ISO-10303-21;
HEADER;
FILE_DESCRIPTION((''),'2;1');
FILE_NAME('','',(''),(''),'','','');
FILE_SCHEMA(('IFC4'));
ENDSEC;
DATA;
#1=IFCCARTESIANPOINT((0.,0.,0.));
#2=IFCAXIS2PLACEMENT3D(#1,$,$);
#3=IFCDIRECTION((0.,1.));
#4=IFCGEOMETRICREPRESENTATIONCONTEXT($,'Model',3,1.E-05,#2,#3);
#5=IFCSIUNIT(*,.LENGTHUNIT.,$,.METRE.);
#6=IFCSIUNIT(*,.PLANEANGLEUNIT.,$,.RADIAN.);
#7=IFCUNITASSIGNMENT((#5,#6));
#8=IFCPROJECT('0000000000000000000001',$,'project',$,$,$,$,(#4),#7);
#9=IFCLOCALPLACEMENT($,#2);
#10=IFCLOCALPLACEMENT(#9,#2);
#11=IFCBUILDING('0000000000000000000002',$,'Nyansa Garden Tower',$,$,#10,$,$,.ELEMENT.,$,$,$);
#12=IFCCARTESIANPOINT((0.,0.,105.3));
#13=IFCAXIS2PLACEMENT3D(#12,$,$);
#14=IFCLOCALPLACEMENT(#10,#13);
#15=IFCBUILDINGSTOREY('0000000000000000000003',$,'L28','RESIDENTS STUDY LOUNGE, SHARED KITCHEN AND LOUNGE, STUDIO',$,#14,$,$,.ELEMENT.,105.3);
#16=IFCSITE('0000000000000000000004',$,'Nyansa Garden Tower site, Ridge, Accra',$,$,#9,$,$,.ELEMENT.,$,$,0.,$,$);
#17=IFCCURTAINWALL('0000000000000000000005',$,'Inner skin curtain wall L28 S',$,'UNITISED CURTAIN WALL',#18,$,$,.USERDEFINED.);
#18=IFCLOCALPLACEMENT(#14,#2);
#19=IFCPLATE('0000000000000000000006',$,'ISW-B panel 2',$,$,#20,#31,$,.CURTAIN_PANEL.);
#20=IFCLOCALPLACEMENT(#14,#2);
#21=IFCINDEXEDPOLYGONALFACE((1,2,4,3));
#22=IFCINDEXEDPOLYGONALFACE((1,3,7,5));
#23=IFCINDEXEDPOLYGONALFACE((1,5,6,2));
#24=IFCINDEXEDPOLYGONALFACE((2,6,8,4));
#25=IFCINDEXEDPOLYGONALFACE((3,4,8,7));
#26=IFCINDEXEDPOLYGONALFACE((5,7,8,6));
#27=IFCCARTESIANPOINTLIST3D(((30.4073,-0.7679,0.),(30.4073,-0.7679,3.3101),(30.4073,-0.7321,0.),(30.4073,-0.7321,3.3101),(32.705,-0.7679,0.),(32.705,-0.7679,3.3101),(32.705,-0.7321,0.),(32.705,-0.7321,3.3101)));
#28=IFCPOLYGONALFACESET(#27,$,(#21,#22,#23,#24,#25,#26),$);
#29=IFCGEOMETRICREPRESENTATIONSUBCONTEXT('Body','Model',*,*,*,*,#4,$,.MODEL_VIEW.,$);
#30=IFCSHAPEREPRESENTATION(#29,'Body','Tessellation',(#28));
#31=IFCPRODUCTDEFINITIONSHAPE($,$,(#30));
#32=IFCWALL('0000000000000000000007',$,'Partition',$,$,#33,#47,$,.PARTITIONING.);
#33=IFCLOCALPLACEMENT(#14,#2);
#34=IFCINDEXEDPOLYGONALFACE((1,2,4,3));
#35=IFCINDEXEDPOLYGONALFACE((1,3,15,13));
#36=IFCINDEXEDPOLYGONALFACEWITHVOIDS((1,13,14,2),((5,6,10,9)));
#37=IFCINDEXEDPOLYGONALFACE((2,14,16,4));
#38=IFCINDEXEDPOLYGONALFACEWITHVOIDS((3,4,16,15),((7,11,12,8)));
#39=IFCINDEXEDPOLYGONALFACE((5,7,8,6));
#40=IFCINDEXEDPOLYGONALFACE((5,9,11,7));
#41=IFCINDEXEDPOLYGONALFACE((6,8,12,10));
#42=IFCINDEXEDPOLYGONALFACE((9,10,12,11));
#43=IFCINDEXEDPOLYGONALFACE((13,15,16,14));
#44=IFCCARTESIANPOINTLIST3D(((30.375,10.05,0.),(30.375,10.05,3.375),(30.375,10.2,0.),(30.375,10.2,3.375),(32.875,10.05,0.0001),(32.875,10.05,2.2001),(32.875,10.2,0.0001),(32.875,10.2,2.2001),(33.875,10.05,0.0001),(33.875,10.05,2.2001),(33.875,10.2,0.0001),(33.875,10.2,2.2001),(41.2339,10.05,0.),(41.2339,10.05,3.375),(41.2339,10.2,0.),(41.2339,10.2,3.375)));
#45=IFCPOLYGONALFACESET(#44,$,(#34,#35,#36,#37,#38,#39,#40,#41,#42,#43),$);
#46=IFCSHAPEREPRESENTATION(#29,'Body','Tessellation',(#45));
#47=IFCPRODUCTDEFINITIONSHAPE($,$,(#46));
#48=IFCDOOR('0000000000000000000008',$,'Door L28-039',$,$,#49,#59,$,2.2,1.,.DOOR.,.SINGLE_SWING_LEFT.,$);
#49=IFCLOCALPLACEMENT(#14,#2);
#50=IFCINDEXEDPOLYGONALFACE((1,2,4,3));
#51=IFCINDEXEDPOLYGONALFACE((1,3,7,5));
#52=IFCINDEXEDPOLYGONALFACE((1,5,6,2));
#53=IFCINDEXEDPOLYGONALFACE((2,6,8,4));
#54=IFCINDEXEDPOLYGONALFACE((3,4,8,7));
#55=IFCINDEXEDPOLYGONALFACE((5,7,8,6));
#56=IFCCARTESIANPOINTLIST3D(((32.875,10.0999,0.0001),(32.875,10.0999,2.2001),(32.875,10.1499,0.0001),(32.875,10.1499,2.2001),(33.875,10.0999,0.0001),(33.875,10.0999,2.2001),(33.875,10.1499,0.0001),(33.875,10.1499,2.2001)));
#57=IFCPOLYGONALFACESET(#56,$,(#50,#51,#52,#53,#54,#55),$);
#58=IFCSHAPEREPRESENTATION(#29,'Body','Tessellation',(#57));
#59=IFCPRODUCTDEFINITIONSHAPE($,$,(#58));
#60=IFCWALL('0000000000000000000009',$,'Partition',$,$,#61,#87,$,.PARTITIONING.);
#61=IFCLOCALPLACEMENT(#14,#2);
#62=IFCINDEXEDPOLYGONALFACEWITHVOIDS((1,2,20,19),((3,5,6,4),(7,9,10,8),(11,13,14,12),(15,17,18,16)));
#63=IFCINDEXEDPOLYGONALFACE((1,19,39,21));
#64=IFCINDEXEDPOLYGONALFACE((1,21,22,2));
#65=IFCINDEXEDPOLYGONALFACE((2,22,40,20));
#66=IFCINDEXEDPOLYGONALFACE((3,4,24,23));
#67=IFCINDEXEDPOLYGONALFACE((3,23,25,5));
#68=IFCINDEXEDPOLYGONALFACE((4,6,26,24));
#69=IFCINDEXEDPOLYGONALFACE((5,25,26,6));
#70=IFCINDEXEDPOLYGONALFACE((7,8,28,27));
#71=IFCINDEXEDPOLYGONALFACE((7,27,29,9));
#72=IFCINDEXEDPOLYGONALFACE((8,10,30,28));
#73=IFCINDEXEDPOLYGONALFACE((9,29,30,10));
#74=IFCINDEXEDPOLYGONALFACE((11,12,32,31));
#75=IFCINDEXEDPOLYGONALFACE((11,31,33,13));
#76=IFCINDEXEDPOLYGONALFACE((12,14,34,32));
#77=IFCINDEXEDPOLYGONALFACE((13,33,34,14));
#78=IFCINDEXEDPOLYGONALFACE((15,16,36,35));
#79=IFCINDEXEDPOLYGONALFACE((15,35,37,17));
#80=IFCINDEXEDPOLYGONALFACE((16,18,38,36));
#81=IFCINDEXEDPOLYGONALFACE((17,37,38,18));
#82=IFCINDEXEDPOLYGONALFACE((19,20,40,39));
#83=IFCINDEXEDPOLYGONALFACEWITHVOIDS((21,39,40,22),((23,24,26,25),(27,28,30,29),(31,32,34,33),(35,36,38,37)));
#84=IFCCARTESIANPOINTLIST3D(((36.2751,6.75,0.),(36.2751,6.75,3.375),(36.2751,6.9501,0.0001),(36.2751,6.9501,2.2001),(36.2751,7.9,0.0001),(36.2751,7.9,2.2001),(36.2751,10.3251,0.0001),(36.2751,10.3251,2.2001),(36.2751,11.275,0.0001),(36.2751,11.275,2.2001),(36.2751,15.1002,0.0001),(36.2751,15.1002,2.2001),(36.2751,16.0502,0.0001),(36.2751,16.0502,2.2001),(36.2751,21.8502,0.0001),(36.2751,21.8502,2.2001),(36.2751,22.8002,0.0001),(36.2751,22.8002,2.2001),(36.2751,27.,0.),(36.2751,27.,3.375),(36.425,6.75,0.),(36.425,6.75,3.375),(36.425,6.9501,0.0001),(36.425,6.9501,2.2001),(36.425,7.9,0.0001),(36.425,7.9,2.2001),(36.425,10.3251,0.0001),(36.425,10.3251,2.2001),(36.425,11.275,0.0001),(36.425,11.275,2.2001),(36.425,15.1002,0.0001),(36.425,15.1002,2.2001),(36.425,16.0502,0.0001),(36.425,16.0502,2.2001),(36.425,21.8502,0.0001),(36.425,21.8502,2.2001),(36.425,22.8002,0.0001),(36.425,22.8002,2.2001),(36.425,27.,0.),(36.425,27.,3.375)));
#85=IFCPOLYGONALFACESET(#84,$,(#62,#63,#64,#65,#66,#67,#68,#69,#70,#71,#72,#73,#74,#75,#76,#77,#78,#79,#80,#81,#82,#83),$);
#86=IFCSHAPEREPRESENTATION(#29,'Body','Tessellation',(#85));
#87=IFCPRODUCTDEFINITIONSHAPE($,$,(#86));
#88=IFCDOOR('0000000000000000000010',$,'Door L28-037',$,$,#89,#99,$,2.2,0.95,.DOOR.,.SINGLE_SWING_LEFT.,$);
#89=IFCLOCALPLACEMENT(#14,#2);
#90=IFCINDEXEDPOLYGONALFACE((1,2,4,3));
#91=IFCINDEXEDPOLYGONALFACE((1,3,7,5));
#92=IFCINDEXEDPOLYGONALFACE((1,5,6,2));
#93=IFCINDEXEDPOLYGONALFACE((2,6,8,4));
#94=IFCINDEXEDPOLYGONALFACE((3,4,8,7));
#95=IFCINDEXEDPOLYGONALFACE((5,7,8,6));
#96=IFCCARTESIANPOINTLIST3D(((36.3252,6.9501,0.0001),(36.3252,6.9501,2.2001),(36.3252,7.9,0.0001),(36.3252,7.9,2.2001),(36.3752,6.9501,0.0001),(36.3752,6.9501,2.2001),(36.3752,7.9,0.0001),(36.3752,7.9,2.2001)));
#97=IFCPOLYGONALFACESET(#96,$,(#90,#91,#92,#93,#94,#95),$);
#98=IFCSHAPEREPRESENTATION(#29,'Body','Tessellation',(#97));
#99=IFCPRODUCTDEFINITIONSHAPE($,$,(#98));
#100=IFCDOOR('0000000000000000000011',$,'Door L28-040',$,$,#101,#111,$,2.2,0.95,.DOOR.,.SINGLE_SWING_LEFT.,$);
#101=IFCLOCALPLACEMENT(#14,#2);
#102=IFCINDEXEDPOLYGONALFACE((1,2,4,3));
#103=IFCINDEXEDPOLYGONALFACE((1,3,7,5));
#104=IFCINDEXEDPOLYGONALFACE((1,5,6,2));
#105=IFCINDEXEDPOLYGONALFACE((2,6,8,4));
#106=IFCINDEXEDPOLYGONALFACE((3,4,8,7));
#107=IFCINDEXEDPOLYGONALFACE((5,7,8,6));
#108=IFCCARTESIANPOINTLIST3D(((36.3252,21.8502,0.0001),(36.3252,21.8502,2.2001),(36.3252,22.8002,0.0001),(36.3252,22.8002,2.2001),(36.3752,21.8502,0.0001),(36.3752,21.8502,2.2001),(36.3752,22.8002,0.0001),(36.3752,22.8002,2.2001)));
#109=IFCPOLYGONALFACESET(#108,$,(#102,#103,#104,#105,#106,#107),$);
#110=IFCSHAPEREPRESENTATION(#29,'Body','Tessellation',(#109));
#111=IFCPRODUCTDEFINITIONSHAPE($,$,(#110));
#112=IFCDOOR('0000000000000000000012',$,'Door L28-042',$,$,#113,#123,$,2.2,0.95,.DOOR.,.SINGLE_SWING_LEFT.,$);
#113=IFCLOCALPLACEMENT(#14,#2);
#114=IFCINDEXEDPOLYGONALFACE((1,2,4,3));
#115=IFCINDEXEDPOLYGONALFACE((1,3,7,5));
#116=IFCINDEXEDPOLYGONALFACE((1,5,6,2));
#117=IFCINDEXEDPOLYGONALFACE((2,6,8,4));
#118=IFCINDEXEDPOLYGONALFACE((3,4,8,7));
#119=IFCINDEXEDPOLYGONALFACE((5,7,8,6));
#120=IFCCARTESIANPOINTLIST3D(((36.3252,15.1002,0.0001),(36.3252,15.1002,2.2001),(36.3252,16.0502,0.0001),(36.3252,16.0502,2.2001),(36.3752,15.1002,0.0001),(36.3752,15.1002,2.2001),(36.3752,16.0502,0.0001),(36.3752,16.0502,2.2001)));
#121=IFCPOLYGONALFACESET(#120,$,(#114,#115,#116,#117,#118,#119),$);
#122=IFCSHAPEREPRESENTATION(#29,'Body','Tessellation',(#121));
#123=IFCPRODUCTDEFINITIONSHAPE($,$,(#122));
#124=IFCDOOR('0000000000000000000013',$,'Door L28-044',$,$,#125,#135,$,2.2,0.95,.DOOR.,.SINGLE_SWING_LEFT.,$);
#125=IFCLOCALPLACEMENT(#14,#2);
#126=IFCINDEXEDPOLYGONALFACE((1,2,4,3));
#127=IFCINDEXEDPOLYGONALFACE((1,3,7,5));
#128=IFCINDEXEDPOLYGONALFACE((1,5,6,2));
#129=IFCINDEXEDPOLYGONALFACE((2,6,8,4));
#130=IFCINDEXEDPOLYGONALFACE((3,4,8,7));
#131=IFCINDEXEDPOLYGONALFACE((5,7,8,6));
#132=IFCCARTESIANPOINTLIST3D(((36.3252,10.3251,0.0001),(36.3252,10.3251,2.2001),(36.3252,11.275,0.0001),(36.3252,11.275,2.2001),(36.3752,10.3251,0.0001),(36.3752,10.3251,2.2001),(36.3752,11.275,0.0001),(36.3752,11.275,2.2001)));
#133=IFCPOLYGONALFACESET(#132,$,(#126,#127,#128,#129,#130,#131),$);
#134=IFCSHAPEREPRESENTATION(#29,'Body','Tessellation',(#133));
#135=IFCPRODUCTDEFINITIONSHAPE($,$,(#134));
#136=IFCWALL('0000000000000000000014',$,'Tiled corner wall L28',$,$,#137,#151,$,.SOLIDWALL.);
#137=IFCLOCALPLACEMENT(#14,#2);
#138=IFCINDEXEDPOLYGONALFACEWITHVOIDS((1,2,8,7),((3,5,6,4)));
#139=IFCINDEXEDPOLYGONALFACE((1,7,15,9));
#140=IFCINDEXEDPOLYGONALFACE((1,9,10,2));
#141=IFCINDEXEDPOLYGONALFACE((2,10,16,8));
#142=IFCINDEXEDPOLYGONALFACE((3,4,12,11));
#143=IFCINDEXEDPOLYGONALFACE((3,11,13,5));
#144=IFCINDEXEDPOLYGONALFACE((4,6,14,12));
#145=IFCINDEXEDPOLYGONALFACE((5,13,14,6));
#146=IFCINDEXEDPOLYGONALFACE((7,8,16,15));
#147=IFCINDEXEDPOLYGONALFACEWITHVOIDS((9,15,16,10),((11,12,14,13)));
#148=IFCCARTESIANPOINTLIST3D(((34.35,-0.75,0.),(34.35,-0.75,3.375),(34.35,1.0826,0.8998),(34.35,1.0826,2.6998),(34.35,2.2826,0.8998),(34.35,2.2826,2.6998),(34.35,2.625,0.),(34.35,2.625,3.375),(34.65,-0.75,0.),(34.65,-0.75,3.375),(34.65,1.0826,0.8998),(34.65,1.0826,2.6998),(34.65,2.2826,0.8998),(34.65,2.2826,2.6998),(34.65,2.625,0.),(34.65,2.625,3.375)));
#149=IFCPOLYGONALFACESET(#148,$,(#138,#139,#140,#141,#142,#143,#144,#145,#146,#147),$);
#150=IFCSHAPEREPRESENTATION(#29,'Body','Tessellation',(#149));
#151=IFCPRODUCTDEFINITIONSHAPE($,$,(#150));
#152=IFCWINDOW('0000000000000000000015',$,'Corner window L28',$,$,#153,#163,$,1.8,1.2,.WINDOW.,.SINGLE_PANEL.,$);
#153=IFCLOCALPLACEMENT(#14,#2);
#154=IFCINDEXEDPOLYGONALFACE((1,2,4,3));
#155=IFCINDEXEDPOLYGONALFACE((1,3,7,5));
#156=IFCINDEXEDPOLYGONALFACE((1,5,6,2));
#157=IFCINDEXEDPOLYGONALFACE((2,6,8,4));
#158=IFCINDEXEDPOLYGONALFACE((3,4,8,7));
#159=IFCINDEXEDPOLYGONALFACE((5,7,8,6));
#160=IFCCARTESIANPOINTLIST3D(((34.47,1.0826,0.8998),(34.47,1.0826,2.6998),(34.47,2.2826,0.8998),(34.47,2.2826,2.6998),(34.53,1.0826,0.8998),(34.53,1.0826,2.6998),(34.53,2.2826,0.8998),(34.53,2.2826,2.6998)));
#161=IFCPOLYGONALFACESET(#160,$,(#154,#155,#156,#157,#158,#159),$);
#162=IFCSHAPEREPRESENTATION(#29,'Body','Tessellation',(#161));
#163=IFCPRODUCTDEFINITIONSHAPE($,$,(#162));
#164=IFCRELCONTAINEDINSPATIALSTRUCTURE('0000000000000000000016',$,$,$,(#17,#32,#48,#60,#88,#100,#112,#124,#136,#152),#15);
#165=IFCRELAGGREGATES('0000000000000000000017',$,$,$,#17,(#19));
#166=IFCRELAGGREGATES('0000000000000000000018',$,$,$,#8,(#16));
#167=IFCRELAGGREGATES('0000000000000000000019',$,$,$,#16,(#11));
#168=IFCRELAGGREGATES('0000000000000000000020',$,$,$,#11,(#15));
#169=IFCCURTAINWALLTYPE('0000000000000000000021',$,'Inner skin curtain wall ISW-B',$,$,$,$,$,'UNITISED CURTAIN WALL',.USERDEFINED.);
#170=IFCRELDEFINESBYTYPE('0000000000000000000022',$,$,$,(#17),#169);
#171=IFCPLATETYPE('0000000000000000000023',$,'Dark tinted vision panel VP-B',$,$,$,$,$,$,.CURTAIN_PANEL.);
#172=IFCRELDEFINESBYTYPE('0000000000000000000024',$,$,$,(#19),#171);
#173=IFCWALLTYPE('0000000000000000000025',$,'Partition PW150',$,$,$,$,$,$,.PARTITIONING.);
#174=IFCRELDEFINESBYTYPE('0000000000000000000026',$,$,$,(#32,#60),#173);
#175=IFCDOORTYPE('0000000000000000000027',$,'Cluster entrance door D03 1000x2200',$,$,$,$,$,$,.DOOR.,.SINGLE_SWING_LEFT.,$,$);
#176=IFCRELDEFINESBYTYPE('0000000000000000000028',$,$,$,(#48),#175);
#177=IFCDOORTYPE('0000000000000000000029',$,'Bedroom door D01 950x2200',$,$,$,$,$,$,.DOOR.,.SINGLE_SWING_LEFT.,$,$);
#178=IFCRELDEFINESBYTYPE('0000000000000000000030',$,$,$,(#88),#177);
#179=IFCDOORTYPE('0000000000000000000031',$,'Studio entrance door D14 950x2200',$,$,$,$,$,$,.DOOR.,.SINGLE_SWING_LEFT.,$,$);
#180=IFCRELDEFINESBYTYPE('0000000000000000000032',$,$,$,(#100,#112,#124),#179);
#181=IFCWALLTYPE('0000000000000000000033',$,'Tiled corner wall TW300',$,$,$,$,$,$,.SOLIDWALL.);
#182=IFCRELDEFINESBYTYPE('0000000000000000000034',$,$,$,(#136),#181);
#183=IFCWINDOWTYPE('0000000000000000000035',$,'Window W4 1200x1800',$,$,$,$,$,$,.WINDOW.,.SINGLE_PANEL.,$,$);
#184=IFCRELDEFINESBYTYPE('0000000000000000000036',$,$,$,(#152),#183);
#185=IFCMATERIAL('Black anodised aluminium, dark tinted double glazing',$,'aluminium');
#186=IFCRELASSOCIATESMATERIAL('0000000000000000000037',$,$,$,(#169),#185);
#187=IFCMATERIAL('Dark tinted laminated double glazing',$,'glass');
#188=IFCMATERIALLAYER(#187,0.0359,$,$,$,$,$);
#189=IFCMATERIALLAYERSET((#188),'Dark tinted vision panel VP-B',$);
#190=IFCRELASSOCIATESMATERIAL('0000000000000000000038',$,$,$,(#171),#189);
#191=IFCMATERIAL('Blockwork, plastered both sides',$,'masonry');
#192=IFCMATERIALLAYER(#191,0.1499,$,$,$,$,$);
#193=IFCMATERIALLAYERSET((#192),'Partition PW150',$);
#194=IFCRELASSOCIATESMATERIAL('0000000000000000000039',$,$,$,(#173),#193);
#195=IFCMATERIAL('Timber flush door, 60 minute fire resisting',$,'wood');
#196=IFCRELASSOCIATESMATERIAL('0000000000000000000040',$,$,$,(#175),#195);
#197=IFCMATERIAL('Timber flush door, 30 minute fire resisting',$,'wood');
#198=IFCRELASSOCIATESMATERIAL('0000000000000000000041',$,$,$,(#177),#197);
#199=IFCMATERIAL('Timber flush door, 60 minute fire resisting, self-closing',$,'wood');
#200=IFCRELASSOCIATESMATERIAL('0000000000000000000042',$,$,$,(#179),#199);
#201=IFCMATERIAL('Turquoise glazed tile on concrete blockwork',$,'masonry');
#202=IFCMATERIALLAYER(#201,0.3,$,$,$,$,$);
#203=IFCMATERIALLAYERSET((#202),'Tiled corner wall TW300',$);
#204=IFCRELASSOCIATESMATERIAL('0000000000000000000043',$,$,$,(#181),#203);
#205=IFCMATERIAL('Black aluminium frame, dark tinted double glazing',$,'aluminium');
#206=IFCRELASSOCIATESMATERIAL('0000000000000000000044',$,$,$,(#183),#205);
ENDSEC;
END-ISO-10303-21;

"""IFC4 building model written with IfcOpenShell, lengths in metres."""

from ifc_helpers import new_model, si_unit, direction, frame, frame_2d, origin, origin_2d, place, context, subcontext, project, spatial, rectangle, extrude, material, layer, layer_set, type_object, element, fill, aggregate, save


model = new_model("IFC4")

# Units and contexts
model_context = context("Model", 3, precision=1e-05, world=origin(), true_north=direction((0.0, 1.0)))
body_context = subcontext(model_context, "Body", "Model", "MODEL_VIEW")
ifc_project = project(units=[si_unit("LENGTHUNIT", "METRE"), si_unit("PLANEANGLEUNIT", "RADIAN")], contexts=[model_context])

# Site, building, storey
site_placement = place(None, origin())
site = spatial("IfcSite", under=ifc_project, at=site_placement, Name="Nyansa Garden Tower site, Ridge, Accra", CompositionType="ELEMENT", RefElevation=0.0)
building_placement = place(site_placement, origin())
building = spatial("IfcBuilding", under=site, at=building_placement, Name="Nyansa Garden Tower", CompositionType="ELEMENT")
storey_placement = place(building_placement, frame((0.0, 0.0, 105.3)))
storey = spatial("IfcBuildingStorey", under=building, at=storey_placement, Name="L28", Description="RESIDENTS STUDY LOUNGE, SHARED KITCHEN AND LOUNGE, STUDIO", CompositionType="ELEMENT", Elevation=105.3)

# Curtain wall
ifc_material_1 = material(Name="Black anodised aluminium, dark tinted double glazing", Category="aluminium")
curtain_wall_type = type_object("IfcCurtainWallType", Name="Inner skin curtain wall ISW-B", ElementType="UNITISED CURTAIN WALL", PredefinedType="USERDEFINED", material=ifc_material_1)
curtain_wall_placement = place(storey_placement, origin())
curtain_wall = element("IfcCurtainWall", 1, at=curtain_wall_placement, inside=storey, type_object=curtain_wall_type, Name="Inner skin curtain wall L28 S", ObjectType="UNITISED CURTAIN WALL", PredefinedType="USERDEFINED")

# Plate
ifc_material_2 = material(Name="Dark tinted laminated double glazing", Category="glass")
ifc_layer_1 = layer(ifc_material_2, 0.0359)
ifc_layer_set_1 = layer_set([ifc_layer_1], Name="Dark tinted vision panel VP-B")
plate_type = type_object("IfcPlateType", Name="Dark tinted vision panel VP-B", PredefinedType="CURTAIN_PANEL", material=ifc_layer_set_1)
plate_placement = place(storey_placement, frame((31.5562, -0.75, 0.0), z_axis=(0.0, 0.0, 1.0), x_axis=(1.0, 0.0, 0.0)))
plate = element("IfcPlate", 2, at=plate_placement, type_object=plate_type, Name="ISW-B panel 2", PredefinedType="CURTAIN_PANEL", context=body_context, shape_type="SweptSolid", body=[
    extrude(rectangle(XDim=2.2976, YDim=0.0359, at=origin_2d()), origin(), (0.0, 0.0, 1.0), 3.3101),
])
aggregate(curtain_wall, [plate])

# Wall, opening, door
ifc_material_3 = material(Name="Blockwork, plastered both sides", Category="masonry")
ifc_layer_2 = layer(ifc_material_3, 0.1499)
ifc_layer_set_2 = layer_set([ifc_layer_2], Name="Partition PW150")
wall_type_1 = type_object("IfcWallType", Name="Partition PW150", PredefinedType="PARTITIONING", material=ifc_layer_set_2)
wall_1_placement = place(storey_placement, frame((30.375, 10.125, 0.0), z_axis=(0.0, 0.0, 1.0), x_axis=(1.0, 0.0, 0.0)))
wall_1 = element("IfcWall", 3, at=wall_1_placement, inside=storey, type_object=wall_type_1, Name="Partition", PredefinedType="PARTITIONING", context=body_context, shape_type="SweptSolid", body=[
    extrude(rectangle(XDim=10.8589, YDim=0.1499, at=frame_2d((5.4294, 0.0))), origin(), (0.0, 0.0, 1.0), 3.375),
])
opening_1_placement = place(wall_1_placement, frame((2.5, 0.0, 0.0)))
opening_1 = element("IfcOpeningElement", 4, at=opening_1_placement, cuts=wall_1, PredefinedType="OPENING", context=body_context, shape_type="SweptSolid", body=[
    extrude(rectangle(XDim=1.0, YDim=2.2, at=frame_2d((0.5, 1.1001))), frame((0.0, 0.085, 0.0), z_axis=(0.0, -1.0, 0.0), x_axis=(1.0, 0.0, 0.0)), (0.0, 0.0, 1.0), 0.1699),
])
ifc_material_4 = material(Name="Timber flush door, 60 minute fire resisting", Category="wood")
door_type_1 = type_object("IfcDoorType", Name="Cluster entrance door D03 1000x2200", OperationType="SINGLE_SWING_LEFT", PredefinedType="DOOR", material=ifc_material_4)
door_1_placement = place(opening_1_placement, origin())
door_1 = element("IfcDoor", 5, at=door_1_placement, inside=storey, type_object=door_type_1, Name="Door L28-039", OperationType="SINGLE_SWING_LEFT", OverallHeight=2.2, OverallWidth=1.0, PredefinedType="DOOR", context=body_context, shape_type="SweptSolid", body=[
    extrude(rectangle(XDim=1.0, YDim=2.2, at=frame_2d((0.5, 1.1001))), frame((0.0, 0.0249, 0.0), z_axis=(0.0, -1.0, 0.0), x_axis=(1.0, 0.0, 0.0)), (0.0, 0.0, 1.0), 0.05),
])
fill(opening_1, door_1)

# Wall, openings, doors
wall_2_placement = place(storey_placement, frame((36.3501, 6.75, 0.0), z_axis=(0.0, 0.0, 1.0), x_axis=(0.0, 1.0, 0.0)))
wall_2 = element("IfcWall", 6, at=wall_2_placement, inside=storey, type_object=wall_type_1, Name="Partition", PredefinedType="PARTITIONING", context=body_context, shape_type="SweptSolid", body=[
    extrude(rectangle(XDim=20.25, YDim=0.1499, at=frame_2d((10.125, 0.0))), origin(), (0.0, 0.0, 1.0), 3.375),
])
opening_2_placement = place(wall_2_placement, frame((0.2, 0.0, 0.0)))
opening_2 = element("IfcOpeningElement", 7, at=opening_2_placement, cuts=wall_2, PredefinedType="OPENING", context=body_context, shape_type="SweptSolid", body=[
    extrude(rectangle(XDim=0.95, YDim=2.2, at=frame_2d((0.4751, 1.1001))), frame((0.0, 0.085, 0.0), z_axis=(0.0, -1.0, 0.0), x_axis=(1.0, 0.0, 0.0)), (0.0, 0.0, 1.0), 0.1699),
])
opening_3_placement = place(wall_2_placement, frame((15.1001, 0.0, 0.0)))
opening_3 = element("IfcOpeningElement", 8, at=opening_3_placement, cuts=wall_2, PredefinedType="OPENING", context=body_context, shape_type="SweptSolid", body=[
    extrude(rectangle(XDim=0.95, YDim=2.2, at=frame_2d((0.4751, 1.1001))), frame((0.0, 0.085, 0.0), z_axis=(0.0, -1.0, 0.0), x_axis=(1.0, 0.0, 0.0)), (0.0, 0.0, 1.0), 0.1699),
])
opening_4_placement = place(wall_2_placement, frame((8.3501, 0.0, 0.0)))
opening_4 = element("IfcOpeningElement", 9, at=opening_4_placement, cuts=wall_2, PredefinedType="OPENING", context=body_context, shape_type="SweptSolid", body=[
    extrude(rectangle(XDim=0.95, YDim=2.2, at=frame_2d((0.4751, 1.1001))), frame((0.0, 0.085, 0.0), z_axis=(0.0, -1.0, 0.0), x_axis=(1.0, 0.0, 0.0)), (0.0, 0.0, 1.0), 0.1699),
])
opening_5_placement = place(wall_2_placement, frame((3.575, 0.0, 0.0)))
opening_5 = element("IfcOpeningElement", 10, at=opening_5_placement, cuts=wall_2, PredefinedType="OPENING", context=body_context, shape_type="SweptSolid", body=[
    extrude(rectangle(XDim=0.95, YDim=2.2, at=frame_2d((0.4751, 1.1001))), frame((0.0, 0.085, 0.0), z_axis=(0.0, -1.0, 0.0), x_axis=(1.0, 0.0, 0.0)), (0.0, 0.0, 1.0), 0.1699),
])
ifc_material_5 = material(Name="Timber flush door, 30 minute fire resisting", Category="wood")
door_type_2 = type_object("IfcDoorType", Name="Bedroom door D01 950x2200", OperationType="SINGLE_SWING_LEFT", PredefinedType="DOOR", material=ifc_material_5)
door_2_placement = place(opening_2_placement, origin())
door_2 = element("IfcDoor", 11, at=door_2_placement, inside=storey, type_object=door_type_2, Name="Door L28-037", OperationType="SINGLE_SWING_LEFT", OverallHeight=2.2, OverallWidth=0.95, PredefinedType="DOOR", context=body_context, shape_type="SweptSolid", body=[
    extrude(rectangle(XDim=0.95, YDim=2.2, at=frame_2d((0.4751, 1.1001))), frame((0.0, 0.0249, 0.0), z_axis=(0.0, -1.0, 0.0), x_axis=(1.0, 0.0, 0.0)), (0.0, 0.0, 1.0), 0.05),
])
fill(opening_2, door_2)
ifc_material_6 = material(Name="Timber flush door, 60 minute fire resisting, self-closing", Category="wood")
door_type_3 = type_object("IfcDoorType", Name="Studio entrance door D14 950x2200", OperationType="SINGLE_SWING_LEFT", PredefinedType="DOOR", material=ifc_material_6)
door_3_placement = place(opening_3_placement, origin())
door_3 = element("IfcDoor", 12, at=door_3_placement, inside=storey, type_object=door_type_3, Name="Door L28-040", OperationType="SINGLE_SWING_LEFT", OverallHeight=2.2, OverallWidth=0.95, PredefinedType="DOOR", context=body_context, shape_type="SweptSolid", body=[
    extrude(rectangle(XDim=0.95, YDim=2.2, at=frame_2d((0.4751, 1.1001))), frame((0.0, 0.0249, 0.0), z_axis=(0.0, -1.0, 0.0), x_axis=(1.0, 0.0, 0.0)), (0.0, 0.0, 1.0), 0.05),
])
fill(opening_3, door_3)
door_4_placement = place(opening_4_placement, origin())
door_4 = element("IfcDoor", 13, at=door_4_placement, inside=storey, type_object=door_type_3, Name="Door L28-042", OperationType="SINGLE_SWING_LEFT", OverallHeight=2.2, OverallWidth=0.95, PredefinedType="DOOR", context=body_context, shape_type="SweptSolid", body=[
    extrude(rectangle(XDim=0.95, YDim=2.2, at=frame_2d((0.4751, 1.1001))), frame((0.0, 0.0249, 0.0), z_axis=(0.0, -1.0, 0.0), x_axis=(1.0, 0.0, 0.0)), (0.0, 0.0, 1.0), 0.05),
])
fill(opening_4, door_4)
door_5_placement = place(opening_5_placement, origin())
door_5 = element("IfcDoor", 14, at=door_5_placement, inside=storey, type_object=door_type_3, Name="Door L28-044", OperationType="SINGLE_SWING_LEFT", OverallHeight=2.2, OverallWidth=0.95, PredefinedType="DOOR", context=body_context, shape_type="SweptSolid", body=[
    extrude(rectangle(XDim=0.95, YDim=2.2, at=frame_2d((0.4751, 1.1001))), frame((0.0, 0.0249, 0.0), z_axis=(0.0, -1.0, 0.0), x_axis=(1.0, 0.0, 0.0)), (0.0, 0.0, 1.0), 0.05),
])
fill(opening_5, door_5)

# Wall, opening, window
ifc_material_7 = material(Name="Turquoise glazed tile on concrete blockwork", Category="masonry")
ifc_layer_3 = layer(ifc_material_7, 0.3)
ifc_layer_set_3 = layer_set([ifc_layer_3], Name="Tiled corner wall TW300")
wall_type_2 = type_object("IfcWallType", Name="Tiled corner wall TW300", PredefinedType="SOLIDWALL", material=ifc_layer_set_3)
wall_3_placement = place(storey_placement, frame((34.5, -0.75, 0.0), z_axis=(0.0, 0.0, 1.0), x_axis=(0.0, 1.0, 0.0)))
wall_3 = element("IfcWall", 15, at=wall_3_placement, inside=storey, type_object=wall_type_2, Name="Tiled corner wall L28", PredefinedType="SOLIDWALL", context=body_context, shape_type="SweptSolid", body=[
    extrude(rectangle(XDim=3.375, YDim=0.3, at=frame_2d((1.6875, 0.0))), origin(), (0.0, 0.0, 1.0), 3.375),
])
opening_6_placement = place(wall_3_placement, frame((1.8325, 0.0, 0.8999)))
opening_6 = element("IfcOpeningElement", 16, at=opening_6_placement, cuts=wall_3, PredefinedType="OPENING", context=body_context, shape_type="SweptSolid", body=[
    extrude(rectangle(XDim=1.2, YDim=1.8, at=frame_2d((0.6001, 0.8999))), frame((0.0, 0.1599, 0.0), z_axis=(0.0, -1.0, 0.0), x_axis=(1.0, 0.0, 0.0)), (0.0, 0.0, 1.0), 0.3201),
])
ifc_material_8 = material(Name="Black aluminium frame, dark tinted double glazing", Category="aluminium")
window_type_1 = type_object("IfcWindowType", Name="Window W4 1200x1800", PartitioningType="SINGLE_PANEL", PredefinedType="WINDOW", material=ifc_material_8)
window_1_placement = place(opening_6_placement, origin())
window_1 = element("IfcWindow", 17, at=window_1_placement, inside=storey, type_object=window_type_1, Name="Corner window L28", OverallHeight=1.8, OverallWidth=1.2, PartitioningType="SINGLE_PANEL", PredefinedType="WINDOW", context=body_context, shape_type="SweptSolid", body=[
    extrude(rectangle(XDim=1.2, YDim=1.8, at=frame_2d((0.6001, 0.8999))), frame((0.0, 0.03, 0.0), z_axis=(0.0, -1.0, 0.0), x_axis=(1.0, 0.0, 0.0)), (0.0, 0.0, 1.0), 0.0601),
])
fill(opening_6, window_1)

save(model, "model.ifc")
